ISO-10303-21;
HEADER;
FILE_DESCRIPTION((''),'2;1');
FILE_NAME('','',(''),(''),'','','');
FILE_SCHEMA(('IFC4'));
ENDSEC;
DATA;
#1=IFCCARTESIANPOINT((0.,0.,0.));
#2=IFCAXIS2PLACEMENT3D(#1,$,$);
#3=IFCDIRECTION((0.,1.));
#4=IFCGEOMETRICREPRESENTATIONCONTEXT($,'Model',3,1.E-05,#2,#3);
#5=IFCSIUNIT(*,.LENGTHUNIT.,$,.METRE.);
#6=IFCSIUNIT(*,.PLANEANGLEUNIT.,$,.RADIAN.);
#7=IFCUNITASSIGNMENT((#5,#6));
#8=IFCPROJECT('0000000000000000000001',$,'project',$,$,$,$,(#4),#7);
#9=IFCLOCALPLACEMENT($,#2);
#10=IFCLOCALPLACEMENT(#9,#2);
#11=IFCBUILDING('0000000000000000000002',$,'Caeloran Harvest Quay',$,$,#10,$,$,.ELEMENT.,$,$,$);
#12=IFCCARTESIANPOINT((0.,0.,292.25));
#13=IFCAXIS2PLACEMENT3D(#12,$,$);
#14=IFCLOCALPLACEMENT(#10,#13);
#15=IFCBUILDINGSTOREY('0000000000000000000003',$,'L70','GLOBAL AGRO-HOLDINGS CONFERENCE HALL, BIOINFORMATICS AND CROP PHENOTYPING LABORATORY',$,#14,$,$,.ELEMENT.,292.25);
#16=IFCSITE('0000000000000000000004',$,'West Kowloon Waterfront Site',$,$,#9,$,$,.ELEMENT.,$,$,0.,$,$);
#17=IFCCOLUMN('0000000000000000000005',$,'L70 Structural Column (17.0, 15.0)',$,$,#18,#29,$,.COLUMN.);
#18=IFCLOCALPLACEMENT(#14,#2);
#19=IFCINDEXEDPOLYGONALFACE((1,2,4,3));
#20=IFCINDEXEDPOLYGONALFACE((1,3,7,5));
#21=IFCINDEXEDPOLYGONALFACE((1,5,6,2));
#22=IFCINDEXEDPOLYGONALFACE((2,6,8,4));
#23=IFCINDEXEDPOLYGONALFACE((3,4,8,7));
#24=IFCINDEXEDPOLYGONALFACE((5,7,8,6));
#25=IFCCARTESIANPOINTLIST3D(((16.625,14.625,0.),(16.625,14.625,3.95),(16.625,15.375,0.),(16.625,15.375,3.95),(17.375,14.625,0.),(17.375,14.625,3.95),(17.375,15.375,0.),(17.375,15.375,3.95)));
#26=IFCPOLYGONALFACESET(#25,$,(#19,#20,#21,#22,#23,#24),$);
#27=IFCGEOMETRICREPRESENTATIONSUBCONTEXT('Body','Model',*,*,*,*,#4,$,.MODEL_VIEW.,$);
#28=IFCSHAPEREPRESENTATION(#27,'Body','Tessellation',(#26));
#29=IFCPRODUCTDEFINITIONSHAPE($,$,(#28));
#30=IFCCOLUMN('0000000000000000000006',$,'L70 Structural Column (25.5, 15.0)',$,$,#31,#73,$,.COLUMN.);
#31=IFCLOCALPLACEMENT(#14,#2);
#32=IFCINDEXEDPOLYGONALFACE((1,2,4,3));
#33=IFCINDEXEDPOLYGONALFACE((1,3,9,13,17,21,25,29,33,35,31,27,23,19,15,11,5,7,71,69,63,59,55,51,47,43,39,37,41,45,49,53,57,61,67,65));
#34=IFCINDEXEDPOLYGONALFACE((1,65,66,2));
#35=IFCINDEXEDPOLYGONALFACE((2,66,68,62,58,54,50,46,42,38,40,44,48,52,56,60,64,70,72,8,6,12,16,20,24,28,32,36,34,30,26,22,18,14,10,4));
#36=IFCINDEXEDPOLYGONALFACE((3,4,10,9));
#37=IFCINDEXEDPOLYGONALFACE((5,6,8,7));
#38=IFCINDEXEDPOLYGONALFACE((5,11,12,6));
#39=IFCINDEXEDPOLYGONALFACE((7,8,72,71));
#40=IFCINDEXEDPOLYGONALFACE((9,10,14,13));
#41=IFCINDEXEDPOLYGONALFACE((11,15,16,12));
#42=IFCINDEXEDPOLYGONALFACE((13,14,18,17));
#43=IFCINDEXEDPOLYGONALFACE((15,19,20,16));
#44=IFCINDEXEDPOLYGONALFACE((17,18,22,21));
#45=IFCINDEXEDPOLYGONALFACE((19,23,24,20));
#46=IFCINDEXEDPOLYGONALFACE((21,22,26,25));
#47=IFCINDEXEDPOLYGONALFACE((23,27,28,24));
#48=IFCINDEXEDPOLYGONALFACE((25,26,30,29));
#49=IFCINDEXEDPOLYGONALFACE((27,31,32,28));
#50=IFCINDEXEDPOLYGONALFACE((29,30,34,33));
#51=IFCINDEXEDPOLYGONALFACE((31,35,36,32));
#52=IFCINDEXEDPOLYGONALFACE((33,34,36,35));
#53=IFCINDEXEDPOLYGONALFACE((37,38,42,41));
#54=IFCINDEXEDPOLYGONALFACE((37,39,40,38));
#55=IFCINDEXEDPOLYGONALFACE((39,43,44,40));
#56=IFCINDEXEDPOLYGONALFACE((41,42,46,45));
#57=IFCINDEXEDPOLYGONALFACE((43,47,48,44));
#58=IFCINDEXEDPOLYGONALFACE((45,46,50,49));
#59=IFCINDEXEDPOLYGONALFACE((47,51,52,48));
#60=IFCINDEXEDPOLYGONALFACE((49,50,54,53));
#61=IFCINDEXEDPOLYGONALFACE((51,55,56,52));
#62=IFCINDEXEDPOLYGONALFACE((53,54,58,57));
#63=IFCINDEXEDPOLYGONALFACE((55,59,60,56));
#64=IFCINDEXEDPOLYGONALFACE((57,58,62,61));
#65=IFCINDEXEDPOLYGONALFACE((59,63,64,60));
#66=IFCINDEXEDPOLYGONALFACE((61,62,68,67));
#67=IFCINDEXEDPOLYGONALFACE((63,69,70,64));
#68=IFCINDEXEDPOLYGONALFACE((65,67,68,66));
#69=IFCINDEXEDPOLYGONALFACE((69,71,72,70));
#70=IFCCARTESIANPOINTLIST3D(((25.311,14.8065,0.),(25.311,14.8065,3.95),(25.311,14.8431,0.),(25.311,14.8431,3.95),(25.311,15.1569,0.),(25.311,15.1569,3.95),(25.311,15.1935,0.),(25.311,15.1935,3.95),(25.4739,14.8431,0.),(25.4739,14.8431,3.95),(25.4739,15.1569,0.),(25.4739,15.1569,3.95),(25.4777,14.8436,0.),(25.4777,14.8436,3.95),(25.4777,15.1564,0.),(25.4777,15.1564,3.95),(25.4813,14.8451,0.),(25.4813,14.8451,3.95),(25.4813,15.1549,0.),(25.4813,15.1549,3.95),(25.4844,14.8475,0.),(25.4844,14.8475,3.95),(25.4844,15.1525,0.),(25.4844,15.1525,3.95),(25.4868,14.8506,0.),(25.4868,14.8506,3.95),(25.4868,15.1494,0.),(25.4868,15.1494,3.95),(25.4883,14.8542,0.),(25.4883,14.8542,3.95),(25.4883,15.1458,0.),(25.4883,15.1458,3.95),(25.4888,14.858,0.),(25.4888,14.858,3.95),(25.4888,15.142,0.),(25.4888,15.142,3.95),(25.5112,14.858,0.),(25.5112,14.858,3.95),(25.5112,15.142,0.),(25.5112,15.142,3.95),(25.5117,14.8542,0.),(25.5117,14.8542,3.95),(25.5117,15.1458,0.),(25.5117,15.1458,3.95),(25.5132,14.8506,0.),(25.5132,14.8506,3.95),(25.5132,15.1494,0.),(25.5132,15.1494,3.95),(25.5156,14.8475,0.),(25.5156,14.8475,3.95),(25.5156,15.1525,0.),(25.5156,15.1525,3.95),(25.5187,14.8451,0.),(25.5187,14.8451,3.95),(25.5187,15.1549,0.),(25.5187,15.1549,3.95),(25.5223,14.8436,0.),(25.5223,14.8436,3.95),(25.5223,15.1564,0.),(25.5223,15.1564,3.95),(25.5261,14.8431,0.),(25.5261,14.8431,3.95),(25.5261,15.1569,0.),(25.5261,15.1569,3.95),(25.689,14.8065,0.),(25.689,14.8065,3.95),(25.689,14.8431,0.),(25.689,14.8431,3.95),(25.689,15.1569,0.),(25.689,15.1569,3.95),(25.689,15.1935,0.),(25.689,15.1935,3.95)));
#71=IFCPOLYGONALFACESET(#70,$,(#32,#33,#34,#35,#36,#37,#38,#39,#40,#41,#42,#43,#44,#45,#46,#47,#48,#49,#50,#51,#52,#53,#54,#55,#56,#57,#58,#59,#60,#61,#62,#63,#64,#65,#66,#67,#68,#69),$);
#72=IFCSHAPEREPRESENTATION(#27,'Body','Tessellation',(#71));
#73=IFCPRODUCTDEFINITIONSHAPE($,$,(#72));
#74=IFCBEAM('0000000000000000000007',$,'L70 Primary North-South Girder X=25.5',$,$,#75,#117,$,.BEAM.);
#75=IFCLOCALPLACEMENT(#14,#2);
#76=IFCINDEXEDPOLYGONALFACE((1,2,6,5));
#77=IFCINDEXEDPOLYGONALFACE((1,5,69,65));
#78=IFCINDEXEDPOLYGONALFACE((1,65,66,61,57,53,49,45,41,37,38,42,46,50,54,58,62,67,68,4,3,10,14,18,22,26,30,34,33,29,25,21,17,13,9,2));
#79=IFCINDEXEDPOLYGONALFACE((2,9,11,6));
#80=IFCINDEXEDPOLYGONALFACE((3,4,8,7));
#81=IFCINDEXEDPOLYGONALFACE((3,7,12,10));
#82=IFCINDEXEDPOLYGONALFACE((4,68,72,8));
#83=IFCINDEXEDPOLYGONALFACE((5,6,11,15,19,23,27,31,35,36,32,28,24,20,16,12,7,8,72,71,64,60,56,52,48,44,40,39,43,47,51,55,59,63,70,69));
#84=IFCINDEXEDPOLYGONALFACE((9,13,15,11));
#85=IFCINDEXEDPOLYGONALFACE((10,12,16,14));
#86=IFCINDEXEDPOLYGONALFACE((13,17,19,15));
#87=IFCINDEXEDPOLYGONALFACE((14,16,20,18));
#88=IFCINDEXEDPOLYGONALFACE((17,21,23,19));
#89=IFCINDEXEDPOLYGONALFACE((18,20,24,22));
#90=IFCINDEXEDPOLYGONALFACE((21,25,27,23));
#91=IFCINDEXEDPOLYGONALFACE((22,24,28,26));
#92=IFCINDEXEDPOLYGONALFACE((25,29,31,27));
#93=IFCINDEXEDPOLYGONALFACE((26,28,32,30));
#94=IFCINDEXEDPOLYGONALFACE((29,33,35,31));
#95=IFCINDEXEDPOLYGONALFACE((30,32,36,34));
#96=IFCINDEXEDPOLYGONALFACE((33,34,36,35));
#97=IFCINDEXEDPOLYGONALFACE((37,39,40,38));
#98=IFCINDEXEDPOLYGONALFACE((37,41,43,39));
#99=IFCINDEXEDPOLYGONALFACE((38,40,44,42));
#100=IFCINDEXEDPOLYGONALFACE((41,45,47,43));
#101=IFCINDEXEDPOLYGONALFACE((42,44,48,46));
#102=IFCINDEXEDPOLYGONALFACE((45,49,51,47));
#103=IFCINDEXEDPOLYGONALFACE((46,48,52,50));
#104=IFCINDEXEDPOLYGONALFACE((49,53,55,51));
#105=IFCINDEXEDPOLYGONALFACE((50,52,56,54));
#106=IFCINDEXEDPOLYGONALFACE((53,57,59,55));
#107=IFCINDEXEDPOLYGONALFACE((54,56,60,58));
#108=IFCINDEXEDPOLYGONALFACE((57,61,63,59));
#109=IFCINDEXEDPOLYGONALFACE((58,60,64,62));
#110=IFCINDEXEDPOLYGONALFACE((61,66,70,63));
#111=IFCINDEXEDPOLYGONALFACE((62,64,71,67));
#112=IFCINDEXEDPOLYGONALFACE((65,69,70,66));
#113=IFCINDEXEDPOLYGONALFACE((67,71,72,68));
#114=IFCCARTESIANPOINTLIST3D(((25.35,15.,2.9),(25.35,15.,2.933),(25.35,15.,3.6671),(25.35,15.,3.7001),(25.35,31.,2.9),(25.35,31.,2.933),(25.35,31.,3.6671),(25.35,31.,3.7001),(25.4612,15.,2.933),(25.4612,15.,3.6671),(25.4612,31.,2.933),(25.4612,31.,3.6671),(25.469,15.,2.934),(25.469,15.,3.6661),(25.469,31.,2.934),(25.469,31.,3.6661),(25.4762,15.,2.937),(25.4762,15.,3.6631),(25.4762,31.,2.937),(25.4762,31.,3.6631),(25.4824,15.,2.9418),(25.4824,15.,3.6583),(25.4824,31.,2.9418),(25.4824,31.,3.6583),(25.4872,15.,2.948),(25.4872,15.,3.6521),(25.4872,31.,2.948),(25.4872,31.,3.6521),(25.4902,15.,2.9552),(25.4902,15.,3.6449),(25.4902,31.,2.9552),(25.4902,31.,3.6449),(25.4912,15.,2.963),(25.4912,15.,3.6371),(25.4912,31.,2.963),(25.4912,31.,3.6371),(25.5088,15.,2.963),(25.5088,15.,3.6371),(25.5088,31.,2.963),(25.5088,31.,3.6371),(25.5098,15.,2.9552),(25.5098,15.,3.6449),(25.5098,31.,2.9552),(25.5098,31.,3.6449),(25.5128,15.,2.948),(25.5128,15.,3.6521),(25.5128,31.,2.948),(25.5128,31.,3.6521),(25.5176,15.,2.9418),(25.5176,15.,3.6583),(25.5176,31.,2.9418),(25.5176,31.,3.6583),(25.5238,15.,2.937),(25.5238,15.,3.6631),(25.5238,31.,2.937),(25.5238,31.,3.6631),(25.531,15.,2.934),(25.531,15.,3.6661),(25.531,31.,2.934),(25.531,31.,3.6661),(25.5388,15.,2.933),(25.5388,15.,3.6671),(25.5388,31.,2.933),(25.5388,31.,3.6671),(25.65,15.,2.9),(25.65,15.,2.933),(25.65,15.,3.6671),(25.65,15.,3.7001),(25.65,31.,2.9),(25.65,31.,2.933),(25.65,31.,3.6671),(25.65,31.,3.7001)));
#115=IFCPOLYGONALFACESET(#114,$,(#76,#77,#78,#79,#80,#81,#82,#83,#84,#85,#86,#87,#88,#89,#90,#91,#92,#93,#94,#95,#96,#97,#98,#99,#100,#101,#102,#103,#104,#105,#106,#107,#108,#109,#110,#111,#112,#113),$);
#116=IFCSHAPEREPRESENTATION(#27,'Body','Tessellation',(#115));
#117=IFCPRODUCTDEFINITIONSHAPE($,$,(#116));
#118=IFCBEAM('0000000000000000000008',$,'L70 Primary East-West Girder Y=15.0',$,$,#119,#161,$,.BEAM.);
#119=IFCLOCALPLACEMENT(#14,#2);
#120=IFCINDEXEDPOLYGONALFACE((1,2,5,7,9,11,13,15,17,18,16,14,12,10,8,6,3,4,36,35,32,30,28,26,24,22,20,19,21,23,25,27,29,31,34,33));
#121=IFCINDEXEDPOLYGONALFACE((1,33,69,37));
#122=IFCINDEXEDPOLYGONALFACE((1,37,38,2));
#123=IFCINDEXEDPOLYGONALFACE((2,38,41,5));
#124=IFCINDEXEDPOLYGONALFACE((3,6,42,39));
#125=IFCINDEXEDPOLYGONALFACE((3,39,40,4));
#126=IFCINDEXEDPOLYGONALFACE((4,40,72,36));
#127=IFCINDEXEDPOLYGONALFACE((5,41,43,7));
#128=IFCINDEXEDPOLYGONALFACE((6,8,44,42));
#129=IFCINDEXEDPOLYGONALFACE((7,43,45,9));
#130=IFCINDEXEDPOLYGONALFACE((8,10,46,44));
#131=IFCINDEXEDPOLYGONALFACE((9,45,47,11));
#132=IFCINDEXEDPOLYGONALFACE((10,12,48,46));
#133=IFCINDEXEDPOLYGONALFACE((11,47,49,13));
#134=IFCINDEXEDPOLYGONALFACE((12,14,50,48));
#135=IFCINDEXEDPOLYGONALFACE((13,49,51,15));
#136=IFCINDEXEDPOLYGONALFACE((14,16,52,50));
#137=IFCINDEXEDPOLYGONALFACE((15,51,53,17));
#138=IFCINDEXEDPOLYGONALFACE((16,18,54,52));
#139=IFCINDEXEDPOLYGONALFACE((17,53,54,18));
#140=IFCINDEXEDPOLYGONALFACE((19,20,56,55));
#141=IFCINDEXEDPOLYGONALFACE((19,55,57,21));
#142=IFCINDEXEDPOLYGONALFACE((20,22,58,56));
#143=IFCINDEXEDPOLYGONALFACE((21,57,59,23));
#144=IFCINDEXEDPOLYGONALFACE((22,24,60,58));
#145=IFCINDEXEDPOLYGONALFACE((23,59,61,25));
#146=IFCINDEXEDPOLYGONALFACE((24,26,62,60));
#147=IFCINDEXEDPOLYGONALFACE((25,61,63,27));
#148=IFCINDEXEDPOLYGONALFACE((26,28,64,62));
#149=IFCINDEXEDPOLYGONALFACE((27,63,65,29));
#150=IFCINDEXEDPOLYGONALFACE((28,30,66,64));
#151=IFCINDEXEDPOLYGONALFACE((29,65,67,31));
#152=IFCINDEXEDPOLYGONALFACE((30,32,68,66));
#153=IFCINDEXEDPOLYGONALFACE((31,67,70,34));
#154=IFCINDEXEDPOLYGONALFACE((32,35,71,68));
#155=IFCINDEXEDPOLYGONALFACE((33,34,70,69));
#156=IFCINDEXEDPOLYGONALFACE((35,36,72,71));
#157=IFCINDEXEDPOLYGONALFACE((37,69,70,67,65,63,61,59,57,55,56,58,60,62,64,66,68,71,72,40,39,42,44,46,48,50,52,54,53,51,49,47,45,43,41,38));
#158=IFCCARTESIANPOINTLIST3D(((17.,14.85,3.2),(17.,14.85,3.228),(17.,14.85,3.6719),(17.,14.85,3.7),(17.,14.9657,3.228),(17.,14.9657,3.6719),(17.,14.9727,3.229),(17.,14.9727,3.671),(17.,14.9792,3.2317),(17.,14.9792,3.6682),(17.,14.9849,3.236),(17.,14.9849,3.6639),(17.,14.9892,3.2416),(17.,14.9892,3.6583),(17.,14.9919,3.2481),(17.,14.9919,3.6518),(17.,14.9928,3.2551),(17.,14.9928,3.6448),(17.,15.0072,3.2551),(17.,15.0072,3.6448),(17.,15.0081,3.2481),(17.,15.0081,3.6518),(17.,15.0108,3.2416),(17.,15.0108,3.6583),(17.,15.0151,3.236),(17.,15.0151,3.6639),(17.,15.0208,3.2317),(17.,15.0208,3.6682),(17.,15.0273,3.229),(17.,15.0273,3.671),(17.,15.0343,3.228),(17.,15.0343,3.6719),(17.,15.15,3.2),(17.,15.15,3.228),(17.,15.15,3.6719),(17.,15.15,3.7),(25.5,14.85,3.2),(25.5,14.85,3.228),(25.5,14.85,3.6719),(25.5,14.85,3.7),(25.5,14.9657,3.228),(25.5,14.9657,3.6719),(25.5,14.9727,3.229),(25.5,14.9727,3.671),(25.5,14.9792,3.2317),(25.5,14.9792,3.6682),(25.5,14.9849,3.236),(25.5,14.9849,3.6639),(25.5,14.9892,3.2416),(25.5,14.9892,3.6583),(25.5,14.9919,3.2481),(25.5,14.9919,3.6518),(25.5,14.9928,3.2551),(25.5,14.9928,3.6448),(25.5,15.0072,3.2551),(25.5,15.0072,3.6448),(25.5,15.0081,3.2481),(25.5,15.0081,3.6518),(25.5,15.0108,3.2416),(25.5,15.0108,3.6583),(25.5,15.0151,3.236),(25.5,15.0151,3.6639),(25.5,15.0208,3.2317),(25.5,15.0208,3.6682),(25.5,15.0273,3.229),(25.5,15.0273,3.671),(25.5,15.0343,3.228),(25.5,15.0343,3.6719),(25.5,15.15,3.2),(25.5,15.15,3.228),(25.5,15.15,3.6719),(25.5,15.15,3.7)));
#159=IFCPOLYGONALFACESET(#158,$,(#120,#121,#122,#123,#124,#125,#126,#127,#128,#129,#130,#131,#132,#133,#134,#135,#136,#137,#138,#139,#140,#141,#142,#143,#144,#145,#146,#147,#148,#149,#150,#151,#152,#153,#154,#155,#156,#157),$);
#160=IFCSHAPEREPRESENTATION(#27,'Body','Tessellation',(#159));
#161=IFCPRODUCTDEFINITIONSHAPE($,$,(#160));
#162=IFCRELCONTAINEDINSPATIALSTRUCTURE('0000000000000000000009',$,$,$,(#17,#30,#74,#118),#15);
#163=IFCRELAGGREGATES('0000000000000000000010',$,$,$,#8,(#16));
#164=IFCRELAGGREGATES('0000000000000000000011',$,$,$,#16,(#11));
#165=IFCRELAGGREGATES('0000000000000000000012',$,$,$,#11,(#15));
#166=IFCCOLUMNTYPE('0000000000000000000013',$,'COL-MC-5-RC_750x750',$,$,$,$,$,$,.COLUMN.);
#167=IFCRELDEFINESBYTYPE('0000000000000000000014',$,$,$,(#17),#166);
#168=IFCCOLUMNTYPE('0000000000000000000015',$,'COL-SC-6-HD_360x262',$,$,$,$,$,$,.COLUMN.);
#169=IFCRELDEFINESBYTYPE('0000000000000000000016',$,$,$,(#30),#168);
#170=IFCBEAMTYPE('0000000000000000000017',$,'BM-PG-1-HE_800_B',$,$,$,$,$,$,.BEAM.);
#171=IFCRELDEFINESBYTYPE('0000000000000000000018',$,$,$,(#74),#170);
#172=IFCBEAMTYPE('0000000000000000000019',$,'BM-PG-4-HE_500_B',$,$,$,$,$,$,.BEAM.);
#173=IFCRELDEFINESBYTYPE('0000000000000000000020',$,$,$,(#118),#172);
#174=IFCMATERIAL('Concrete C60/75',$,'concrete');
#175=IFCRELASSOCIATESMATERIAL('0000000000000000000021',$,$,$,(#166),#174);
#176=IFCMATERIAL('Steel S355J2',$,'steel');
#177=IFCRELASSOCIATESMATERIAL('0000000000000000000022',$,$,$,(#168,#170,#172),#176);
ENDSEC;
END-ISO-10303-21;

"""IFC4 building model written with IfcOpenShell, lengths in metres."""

from ifc_helpers import new_model, si_unit, direction, frame, origin, origin_2d, place, context, subcontext, project, spatial, rectangle, i_section, extrude, material, material_profile, profile_set, type_object, element, save


model = new_model("IFC4")

# Units and contexts
model_context = context("Model", 3, precision=1e-05, world=origin(), true_north=direction((0.0, 1.0)))
body_context = subcontext(model_context, "Body", "Model", "MODEL_VIEW")
ifc_project = project(units=[si_unit("LENGTHUNIT", "METRE"), si_unit("PLANEANGLEUNIT", "RADIAN")], contexts=[model_context])

# Site, building, storey
site_placement = place(None, origin())
site = spatial("IfcSite", under=ifc_project, at=site_placement, Name="West Kowloon Waterfront Site", CompositionType="ELEMENT", RefElevation=0.0)
building_placement = place(site_placement, origin())
building = spatial("IfcBuilding", under=site, at=building_placement, Name="Caeloran Harvest Quay", CompositionType="ELEMENT")
storey_placement = place(building_placement, frame((0.0, 0.0, 292.25)))
storey = spatial("IfcBuildingStorey", under=building, at=storey_placement, Name="L70", Description="GLOBAL AGRO-HOLDINGS CONFERENCE HALL, BIOINFORMATICS AND CROP PHENOTYPING LABORATORY", CompositionType="ELEMENT", Elevation=292.25)

# Columns
ifc_material_1 = material(Name="Concrete C60/75", Category="concrete")
ifc_material_profile_1 = material_profile(ifc_material_1, rectangle(XDim=0.75, YDim=0.75, at=origin_2d()), Name="RC 750x750")
ifc_profile_set_1 = profile_set([ifc_material_profile_1], Name="Concrete C60/75")
column_type_1 = type_object("IfcColumnType", Name="COL-MC-5-RC_750x750", PredefinedType="COLUMN", material=ifc_profile_set_1)
column_1_placement = place(storey_placement, frame((17.0, 15.0, 0.0), z_axis=(0.0, 0.0, 1.0), x_axis=(1.0, 0.0, 0.0)))
element("IfcColumn", 1, at=column_1_placement, inside=storey, type_object=column_type_1, Name="L70 Structural Column (17.0, 15.0)", PredefinedType="COLUMN", context=body_context, shape_type="SweptSolid", body=[
    extrude(rectangle(XDim=0.75, YDim=0.75, at=origin_2d()), origin(), (0.0, 0.0, 1.0), 3.95),
])
ifc_material_2 = material(Name="Steel S355J2", Category="steel")
ifc_material_profile_2 = material_profile(ifc_material_2, i_section(OverallWidth=0.3779, OverallDepth=0.387, WebThickness=0.0225, FlangeThickness=0.0366, FilletRadius=0.0149, at=origin_2d()), Name="HD 360x262")
ifc_profile_set_2 = profile_set([ifc_material_profile_2], Name="Steel S355J2")
column_type_2 = type_object("IfcColumnType", Name="COL-SC-6-HD_360x262", PredefinedType="COLUMN", material=ifc_profile_set_2)
column_2_placement = place(storey_placement, frame((25.5, 15.0, 0.0), z_axis=(0.0, 0.0, 1.0), x_axis=(1.0, 0.0, 0.0)))
element("IfcColumn", 2, at=column_2_placement, inside=storey, type_object=column_type_2, Name="L70 Structural Column (25.5, 15.0)", PredefinedType="COLUMN", context=body_context, shape_type="SweptSolid", body=[
    extrude(i_section(OverallWidth=0.3779, OverallDepth=0.387, WebThickness=0.0225, FlangeThickness=0.0366, FilletRadius=0.0149, at=origin_2d()), origin(), (0.0, 0.0, 1.0), 3.95),
])

# Beams
ifc_material_profile_3 = material_profile(ifc_material_2, i_section(OverallWidth=0.3, OverallDepth=0.8, WebThickness=0.0176, FlangeThickness=0.033, FilletRadius=0.03, at=origin_2d()), Name="HE 800 B")
ifc_profile_set_3 = profile_set([ifc_material_profile_3], Name="Steel S355J2")
beam_type_1 = type_object("IfcBeamType", Name="BM-PG-1-HE_800_B", PredefinedType="BEAM", material=ifc_profile_set_3)
beam_1_placement = place(storey_placement, frame((25.5, 15.0, 3.3), z_axis=(0.0, 1.0, 0.0), x_axis=(-1.0, 0.0, 0.0)))
element("IfcBeam", 3, at=beam_1_placement, inside=storey, type_object=beam_type_1, Name="L70 Primary North-South Girder X=25.5", PredefinedType="BEAM", context=body_context, shape_type="SweptSolid", body=[
    extrude(i_section(OverallWidth=0.3, OverallDepth=0.8, WebThickness=0.0176, FlangeThickness=0.033, FilletRadius=0.03, at=origin_2d()), origin(), (0.0, 0.0, 1.0), 16.0),
])
ifc_material_profile_4 = material_profile(ifc_material_2, i_section(OverallWidth=0.3, OverallDepth=0.5, WebThickness=0.0144, FlangeThickness=0.0281, FilletRadius=0.0271, at=origin_2d()), Name="HE 500 B")
ifc_profile_set_4 = profile_set([ifc_material_profile_4], Name="Steel S355J2")
beam_type_2 = type_object("IfcBeamType", Name="BM-PG-4-HE_500_B", PredefinedType="BEAM", material=ifc_profile_set_4)
beam_2_placement = place(storey_placement, frame((17.0, 15.0, 3.45), z_axis=(1.0, 0.0, 0.0), x_axis=(0.0, 1.0, 0.0)))
element("IfcBeam", 4, at=beam_2_placement, inside=storey, type_object=beam_type_2, Name="L70 Primary East-West Girder Y=15.0", PredefinedType="BEAM", context=body_context, shape_type="SweptSolid", body=[
    extrude(i_section(OverallWidth=0.3, OverallDepth=0.5, WebThickness=0.0144, FlangeThickness=0.0281, FilletRadius=0.0271, at=origin_2d()), origin(), (0.0, 0.0, 1.0), 8.5),
])

save(model, "model.ifc")
